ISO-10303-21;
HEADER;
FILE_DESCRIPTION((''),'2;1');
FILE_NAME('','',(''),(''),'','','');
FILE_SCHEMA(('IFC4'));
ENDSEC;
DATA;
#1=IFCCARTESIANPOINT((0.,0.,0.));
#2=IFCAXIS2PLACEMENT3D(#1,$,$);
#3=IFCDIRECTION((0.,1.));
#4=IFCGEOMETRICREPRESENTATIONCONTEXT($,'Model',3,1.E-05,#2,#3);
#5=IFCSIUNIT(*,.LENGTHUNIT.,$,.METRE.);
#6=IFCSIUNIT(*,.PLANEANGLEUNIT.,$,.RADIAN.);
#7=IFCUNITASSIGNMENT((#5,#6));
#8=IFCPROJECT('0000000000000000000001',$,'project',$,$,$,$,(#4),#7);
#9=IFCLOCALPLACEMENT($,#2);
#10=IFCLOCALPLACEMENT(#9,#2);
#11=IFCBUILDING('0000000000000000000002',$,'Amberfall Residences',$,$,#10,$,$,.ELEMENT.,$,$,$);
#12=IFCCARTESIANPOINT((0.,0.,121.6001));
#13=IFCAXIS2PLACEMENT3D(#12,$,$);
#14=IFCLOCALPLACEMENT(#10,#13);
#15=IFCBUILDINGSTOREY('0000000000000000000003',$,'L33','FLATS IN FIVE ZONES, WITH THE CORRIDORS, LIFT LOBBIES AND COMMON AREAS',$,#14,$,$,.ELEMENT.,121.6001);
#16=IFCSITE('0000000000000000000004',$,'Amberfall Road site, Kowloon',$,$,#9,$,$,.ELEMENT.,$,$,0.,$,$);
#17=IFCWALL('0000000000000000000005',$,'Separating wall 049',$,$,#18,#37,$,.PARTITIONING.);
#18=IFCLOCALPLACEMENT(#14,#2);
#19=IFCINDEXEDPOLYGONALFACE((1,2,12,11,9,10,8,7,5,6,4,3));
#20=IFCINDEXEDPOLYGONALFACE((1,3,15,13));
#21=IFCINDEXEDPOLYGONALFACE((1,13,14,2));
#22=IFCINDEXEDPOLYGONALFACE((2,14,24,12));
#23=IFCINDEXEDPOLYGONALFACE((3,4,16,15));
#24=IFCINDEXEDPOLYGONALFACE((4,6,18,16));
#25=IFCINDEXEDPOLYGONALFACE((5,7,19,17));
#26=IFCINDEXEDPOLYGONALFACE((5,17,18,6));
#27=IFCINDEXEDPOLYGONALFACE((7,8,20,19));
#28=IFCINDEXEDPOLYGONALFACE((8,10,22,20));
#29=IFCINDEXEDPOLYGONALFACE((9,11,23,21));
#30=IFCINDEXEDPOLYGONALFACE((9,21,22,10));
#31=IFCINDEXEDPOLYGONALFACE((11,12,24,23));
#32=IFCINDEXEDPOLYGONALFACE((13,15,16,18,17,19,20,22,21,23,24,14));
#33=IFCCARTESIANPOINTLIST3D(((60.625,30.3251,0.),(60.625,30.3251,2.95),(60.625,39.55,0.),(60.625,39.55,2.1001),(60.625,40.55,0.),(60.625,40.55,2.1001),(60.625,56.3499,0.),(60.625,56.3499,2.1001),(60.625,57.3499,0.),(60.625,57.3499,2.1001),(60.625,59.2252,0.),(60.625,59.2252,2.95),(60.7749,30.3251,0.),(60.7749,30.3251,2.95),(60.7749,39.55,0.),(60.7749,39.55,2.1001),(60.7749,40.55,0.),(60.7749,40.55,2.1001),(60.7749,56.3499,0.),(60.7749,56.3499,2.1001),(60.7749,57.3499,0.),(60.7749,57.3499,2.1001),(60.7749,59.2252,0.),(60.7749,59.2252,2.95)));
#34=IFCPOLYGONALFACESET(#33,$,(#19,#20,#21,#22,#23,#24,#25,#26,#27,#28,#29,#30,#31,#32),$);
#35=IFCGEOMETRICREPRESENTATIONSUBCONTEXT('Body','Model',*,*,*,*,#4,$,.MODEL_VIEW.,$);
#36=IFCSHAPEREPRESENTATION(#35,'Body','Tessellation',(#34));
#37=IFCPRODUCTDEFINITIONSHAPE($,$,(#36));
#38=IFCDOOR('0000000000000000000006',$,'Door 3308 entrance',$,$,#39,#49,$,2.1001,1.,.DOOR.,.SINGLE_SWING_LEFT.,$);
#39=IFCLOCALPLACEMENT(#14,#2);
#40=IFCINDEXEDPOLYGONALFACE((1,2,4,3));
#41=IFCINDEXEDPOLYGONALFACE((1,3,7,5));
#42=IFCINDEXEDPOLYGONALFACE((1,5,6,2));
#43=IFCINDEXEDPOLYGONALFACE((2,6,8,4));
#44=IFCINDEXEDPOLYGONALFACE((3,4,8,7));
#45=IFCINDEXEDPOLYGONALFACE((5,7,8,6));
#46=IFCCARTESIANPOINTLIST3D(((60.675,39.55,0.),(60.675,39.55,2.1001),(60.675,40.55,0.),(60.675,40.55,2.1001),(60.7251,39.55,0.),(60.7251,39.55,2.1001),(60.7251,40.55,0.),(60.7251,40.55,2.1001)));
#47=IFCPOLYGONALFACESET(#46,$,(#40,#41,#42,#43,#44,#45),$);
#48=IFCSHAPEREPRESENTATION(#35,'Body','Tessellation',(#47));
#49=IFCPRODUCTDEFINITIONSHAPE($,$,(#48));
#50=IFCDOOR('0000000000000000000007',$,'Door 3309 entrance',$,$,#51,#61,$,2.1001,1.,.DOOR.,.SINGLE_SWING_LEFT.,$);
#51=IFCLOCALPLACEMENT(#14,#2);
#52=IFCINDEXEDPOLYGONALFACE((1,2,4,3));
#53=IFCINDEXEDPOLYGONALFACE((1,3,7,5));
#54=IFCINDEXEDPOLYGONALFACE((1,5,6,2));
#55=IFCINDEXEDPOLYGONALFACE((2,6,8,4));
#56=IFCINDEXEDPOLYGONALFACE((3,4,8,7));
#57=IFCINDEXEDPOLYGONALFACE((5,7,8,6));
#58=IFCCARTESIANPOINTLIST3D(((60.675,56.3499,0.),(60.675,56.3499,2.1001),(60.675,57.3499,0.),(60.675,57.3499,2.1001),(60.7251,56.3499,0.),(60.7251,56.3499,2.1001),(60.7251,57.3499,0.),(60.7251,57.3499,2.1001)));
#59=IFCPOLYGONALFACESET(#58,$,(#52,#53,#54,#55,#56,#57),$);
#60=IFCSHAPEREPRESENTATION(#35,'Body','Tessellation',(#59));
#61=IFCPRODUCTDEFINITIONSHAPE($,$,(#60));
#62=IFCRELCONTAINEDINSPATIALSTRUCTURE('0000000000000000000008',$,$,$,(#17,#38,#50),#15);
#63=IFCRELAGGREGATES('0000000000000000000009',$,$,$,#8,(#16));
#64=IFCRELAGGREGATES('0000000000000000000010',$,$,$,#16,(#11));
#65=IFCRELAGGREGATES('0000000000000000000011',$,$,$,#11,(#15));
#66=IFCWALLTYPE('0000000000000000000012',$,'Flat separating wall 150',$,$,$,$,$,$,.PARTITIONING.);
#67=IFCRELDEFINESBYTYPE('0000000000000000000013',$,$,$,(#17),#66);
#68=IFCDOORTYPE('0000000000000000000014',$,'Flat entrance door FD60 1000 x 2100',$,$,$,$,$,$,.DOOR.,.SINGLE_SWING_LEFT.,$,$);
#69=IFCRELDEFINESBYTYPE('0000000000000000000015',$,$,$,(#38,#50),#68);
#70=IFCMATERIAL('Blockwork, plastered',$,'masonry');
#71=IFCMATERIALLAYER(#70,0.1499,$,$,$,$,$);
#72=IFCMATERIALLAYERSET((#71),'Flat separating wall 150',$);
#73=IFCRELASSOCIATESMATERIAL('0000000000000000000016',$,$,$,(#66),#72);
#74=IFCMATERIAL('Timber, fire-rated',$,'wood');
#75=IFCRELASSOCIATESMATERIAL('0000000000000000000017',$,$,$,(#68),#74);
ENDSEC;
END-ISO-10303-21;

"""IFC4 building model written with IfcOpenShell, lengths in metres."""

from ifc_helpers import new_model, si_unit, direction, frame, frame_2d, origin, place, context, subcontext, project, spatial, rectangle, extrude, material, layer, layer_set, type_object, element, fill, save


model = new_model("IFC4")

# Units and contexts
model_context = context("Model", 3, precision=1e-05, world=origin(), true_north=direction((0.0, 1.0)))
body_context = subcontext(model_context, "Body", "Model", "MODEL_VIEW")
ifc_project = project(units=[si_unit("LENGTHUNIT", "METRE"), si_unit("PLANEANGLEUNIT", "RADIAN")], contexts=[model_context])

# Site, building, storey
site_placement = place(None, origin())
site = spatial("IfcSite", under=ifc_project, at=site_placement, Name="Amberfall Road site, Kowloon", CompositionType="ELEMENT", RefElevation=0.0)
building_placement = place(site_placement, origin())
building = spatial("IfcBuilding", under=site, at=building_placement, Name="Amberfall Residences", CompositionType="ELEMENT")
storey_placement = place(building_placement, frame((0.0, 0.0, 121.6001)))
storey = spatial("IfcBuildingStorey", under=building, at=storey_placement, Name="L33", Description="FLATS IN FIVE ZONES, WITH THE CORRIDORS, LIFT LOBBIES AND COMMON AREAS", CompositionType="ELEMENT", Elevation=121.6001)

# Wall, openings, doors
ifc_material_1 = material(Name="Blockwork, plastered", Category="masonry")
ifc_layer_1 = layer(ifc_material_1, 0.1499)
ifc_layer_set_1 = layer_set([ifc_layer_1], Name="Flat separating wall 150")
wall_type_1 = type_object("IfcWallType", Name="Flat separating wall 150", PredefinedType="PARTITIONING", material=ifc_layer_set_1)
wall_1_placement = place(storey_placement, frame((60.7, 30.325, 0.0), z_axis=(0.0, 0.0, 1.0), x_axis=(0.0, 1.0, 0.0)))
wall_1 = element("IfcWall", 1, at=wall_1_placement, inside=storey, type_object=wall_type_1, Name="Separating wall 049", PredefinedType="PARTITIONING", context=body_context, shape_type="SweptSolid", body=[
    extrude(rectangle(XDim=28.9001, YDim=0.1499, at=frame_2d((14.4502, 0.0))), origin(), (0.0, 0.0, 1.0), 2.95),
])
opening_1_placement = place(wall_1_placement, frame((9.2251, 0.0, 0.0)))
opening_1 = element("IfcOpeningElement", 2, at=opening_1_placement, cuts=wall_1, PredefinedType="OPENING", context=body_context, shape_type="SweptSolid", body=[
    extrude(rectangle(XDim=1.0, YDim=2.1001, at=frame_2d((0.5, 1.05))), frame((0.0, 0.085, 0.0), z_axis=(0.0, -1.0, 0.0), x_axis=(1.0, 0.0, 0.0)), (0.0, 0.0, 1.0), 0.1699),
])
opening_2_placement = place(wall_1_placement, frame((26.0249, 0.0, 0.0)))
opening_2 = element("IfcOpeningElement", 3, at=opening_2_placement, cuts=wall_1, PredefinedType="OPENING", context=body_context, shape_type="SweptSolid", body=[
    extrude(rectangle(XDim=1.0, YDim=2.1001, at=frame_2d((0.5, 1.05))), frame((0.0, 0.085, 0.0), z_axis=(0.0, -1.0, 0.0), x_axis=(1.0, 0.0, 0.0)), (0.0, 0.0, 1.0), 0.1699),
])
ifc_material_2 = material(Name="Timber, fire-rated", Category="wood")
door_type_1 = type_object("IfcDoorType", Name="Flat entrance door FD60 1000 x 2100", OperationType="SINGLE_SWING_LEFT", PredefinedType="DOOR", material=ifc_material_2)
door_1_placement = place(opening_1_placement, origin())
door_1 = element("IfcDoor", 4, at=door_1_placement, inside=storey, type_object=door_type_1, Name="Door 3308 entrance", OperationType="SINGLE_SWING_LEFT", OverallHeight=2.1001, OverallWidth=1.0, PredefinedType="DOOR", context=body_context, shape_type="SweptSolid", body=[
    extrude(rectangle(XDim=1.0, YDim=2.1001, at=frame_2d((0.5, 1.05))), frame((0.0, 0.0249, 0.0), z_axis=(0.0, -1.0, 0.0), x_axis=(1.0, 0.0, 0.0)), (0.0, 0.0, 1.0), 0.05),
])
fill(opening_1, door_1)
door_2_placement = place(opening_2_placement, origin())
door_2 = element("IfcDoor", 5, at=door_2_placement, inside=storey, type_object=door_type_1, Name="Door 3309 entrance", OperationType="SINGLE_SWING_LEFT", OverallHeight=2.1001, OverallWidth=1.0, PredefinedType="DOOR", context=body_context, shape_type="SweptSolid", body=[
    extrude(rectangle(XDim=1.0, YDim=2.1001, at=frame_2d((0.5, 1.05))), frame((0.0, 0.0249, 0.0), z_axis=(0.0, -1.0, 0.0), x_axis=(1.0, 0.0, 0.0)), (0.0, 0.0, 1.0), 0.05),
])
fill(opening_2, door_2)

save(model, "model.ifc")
